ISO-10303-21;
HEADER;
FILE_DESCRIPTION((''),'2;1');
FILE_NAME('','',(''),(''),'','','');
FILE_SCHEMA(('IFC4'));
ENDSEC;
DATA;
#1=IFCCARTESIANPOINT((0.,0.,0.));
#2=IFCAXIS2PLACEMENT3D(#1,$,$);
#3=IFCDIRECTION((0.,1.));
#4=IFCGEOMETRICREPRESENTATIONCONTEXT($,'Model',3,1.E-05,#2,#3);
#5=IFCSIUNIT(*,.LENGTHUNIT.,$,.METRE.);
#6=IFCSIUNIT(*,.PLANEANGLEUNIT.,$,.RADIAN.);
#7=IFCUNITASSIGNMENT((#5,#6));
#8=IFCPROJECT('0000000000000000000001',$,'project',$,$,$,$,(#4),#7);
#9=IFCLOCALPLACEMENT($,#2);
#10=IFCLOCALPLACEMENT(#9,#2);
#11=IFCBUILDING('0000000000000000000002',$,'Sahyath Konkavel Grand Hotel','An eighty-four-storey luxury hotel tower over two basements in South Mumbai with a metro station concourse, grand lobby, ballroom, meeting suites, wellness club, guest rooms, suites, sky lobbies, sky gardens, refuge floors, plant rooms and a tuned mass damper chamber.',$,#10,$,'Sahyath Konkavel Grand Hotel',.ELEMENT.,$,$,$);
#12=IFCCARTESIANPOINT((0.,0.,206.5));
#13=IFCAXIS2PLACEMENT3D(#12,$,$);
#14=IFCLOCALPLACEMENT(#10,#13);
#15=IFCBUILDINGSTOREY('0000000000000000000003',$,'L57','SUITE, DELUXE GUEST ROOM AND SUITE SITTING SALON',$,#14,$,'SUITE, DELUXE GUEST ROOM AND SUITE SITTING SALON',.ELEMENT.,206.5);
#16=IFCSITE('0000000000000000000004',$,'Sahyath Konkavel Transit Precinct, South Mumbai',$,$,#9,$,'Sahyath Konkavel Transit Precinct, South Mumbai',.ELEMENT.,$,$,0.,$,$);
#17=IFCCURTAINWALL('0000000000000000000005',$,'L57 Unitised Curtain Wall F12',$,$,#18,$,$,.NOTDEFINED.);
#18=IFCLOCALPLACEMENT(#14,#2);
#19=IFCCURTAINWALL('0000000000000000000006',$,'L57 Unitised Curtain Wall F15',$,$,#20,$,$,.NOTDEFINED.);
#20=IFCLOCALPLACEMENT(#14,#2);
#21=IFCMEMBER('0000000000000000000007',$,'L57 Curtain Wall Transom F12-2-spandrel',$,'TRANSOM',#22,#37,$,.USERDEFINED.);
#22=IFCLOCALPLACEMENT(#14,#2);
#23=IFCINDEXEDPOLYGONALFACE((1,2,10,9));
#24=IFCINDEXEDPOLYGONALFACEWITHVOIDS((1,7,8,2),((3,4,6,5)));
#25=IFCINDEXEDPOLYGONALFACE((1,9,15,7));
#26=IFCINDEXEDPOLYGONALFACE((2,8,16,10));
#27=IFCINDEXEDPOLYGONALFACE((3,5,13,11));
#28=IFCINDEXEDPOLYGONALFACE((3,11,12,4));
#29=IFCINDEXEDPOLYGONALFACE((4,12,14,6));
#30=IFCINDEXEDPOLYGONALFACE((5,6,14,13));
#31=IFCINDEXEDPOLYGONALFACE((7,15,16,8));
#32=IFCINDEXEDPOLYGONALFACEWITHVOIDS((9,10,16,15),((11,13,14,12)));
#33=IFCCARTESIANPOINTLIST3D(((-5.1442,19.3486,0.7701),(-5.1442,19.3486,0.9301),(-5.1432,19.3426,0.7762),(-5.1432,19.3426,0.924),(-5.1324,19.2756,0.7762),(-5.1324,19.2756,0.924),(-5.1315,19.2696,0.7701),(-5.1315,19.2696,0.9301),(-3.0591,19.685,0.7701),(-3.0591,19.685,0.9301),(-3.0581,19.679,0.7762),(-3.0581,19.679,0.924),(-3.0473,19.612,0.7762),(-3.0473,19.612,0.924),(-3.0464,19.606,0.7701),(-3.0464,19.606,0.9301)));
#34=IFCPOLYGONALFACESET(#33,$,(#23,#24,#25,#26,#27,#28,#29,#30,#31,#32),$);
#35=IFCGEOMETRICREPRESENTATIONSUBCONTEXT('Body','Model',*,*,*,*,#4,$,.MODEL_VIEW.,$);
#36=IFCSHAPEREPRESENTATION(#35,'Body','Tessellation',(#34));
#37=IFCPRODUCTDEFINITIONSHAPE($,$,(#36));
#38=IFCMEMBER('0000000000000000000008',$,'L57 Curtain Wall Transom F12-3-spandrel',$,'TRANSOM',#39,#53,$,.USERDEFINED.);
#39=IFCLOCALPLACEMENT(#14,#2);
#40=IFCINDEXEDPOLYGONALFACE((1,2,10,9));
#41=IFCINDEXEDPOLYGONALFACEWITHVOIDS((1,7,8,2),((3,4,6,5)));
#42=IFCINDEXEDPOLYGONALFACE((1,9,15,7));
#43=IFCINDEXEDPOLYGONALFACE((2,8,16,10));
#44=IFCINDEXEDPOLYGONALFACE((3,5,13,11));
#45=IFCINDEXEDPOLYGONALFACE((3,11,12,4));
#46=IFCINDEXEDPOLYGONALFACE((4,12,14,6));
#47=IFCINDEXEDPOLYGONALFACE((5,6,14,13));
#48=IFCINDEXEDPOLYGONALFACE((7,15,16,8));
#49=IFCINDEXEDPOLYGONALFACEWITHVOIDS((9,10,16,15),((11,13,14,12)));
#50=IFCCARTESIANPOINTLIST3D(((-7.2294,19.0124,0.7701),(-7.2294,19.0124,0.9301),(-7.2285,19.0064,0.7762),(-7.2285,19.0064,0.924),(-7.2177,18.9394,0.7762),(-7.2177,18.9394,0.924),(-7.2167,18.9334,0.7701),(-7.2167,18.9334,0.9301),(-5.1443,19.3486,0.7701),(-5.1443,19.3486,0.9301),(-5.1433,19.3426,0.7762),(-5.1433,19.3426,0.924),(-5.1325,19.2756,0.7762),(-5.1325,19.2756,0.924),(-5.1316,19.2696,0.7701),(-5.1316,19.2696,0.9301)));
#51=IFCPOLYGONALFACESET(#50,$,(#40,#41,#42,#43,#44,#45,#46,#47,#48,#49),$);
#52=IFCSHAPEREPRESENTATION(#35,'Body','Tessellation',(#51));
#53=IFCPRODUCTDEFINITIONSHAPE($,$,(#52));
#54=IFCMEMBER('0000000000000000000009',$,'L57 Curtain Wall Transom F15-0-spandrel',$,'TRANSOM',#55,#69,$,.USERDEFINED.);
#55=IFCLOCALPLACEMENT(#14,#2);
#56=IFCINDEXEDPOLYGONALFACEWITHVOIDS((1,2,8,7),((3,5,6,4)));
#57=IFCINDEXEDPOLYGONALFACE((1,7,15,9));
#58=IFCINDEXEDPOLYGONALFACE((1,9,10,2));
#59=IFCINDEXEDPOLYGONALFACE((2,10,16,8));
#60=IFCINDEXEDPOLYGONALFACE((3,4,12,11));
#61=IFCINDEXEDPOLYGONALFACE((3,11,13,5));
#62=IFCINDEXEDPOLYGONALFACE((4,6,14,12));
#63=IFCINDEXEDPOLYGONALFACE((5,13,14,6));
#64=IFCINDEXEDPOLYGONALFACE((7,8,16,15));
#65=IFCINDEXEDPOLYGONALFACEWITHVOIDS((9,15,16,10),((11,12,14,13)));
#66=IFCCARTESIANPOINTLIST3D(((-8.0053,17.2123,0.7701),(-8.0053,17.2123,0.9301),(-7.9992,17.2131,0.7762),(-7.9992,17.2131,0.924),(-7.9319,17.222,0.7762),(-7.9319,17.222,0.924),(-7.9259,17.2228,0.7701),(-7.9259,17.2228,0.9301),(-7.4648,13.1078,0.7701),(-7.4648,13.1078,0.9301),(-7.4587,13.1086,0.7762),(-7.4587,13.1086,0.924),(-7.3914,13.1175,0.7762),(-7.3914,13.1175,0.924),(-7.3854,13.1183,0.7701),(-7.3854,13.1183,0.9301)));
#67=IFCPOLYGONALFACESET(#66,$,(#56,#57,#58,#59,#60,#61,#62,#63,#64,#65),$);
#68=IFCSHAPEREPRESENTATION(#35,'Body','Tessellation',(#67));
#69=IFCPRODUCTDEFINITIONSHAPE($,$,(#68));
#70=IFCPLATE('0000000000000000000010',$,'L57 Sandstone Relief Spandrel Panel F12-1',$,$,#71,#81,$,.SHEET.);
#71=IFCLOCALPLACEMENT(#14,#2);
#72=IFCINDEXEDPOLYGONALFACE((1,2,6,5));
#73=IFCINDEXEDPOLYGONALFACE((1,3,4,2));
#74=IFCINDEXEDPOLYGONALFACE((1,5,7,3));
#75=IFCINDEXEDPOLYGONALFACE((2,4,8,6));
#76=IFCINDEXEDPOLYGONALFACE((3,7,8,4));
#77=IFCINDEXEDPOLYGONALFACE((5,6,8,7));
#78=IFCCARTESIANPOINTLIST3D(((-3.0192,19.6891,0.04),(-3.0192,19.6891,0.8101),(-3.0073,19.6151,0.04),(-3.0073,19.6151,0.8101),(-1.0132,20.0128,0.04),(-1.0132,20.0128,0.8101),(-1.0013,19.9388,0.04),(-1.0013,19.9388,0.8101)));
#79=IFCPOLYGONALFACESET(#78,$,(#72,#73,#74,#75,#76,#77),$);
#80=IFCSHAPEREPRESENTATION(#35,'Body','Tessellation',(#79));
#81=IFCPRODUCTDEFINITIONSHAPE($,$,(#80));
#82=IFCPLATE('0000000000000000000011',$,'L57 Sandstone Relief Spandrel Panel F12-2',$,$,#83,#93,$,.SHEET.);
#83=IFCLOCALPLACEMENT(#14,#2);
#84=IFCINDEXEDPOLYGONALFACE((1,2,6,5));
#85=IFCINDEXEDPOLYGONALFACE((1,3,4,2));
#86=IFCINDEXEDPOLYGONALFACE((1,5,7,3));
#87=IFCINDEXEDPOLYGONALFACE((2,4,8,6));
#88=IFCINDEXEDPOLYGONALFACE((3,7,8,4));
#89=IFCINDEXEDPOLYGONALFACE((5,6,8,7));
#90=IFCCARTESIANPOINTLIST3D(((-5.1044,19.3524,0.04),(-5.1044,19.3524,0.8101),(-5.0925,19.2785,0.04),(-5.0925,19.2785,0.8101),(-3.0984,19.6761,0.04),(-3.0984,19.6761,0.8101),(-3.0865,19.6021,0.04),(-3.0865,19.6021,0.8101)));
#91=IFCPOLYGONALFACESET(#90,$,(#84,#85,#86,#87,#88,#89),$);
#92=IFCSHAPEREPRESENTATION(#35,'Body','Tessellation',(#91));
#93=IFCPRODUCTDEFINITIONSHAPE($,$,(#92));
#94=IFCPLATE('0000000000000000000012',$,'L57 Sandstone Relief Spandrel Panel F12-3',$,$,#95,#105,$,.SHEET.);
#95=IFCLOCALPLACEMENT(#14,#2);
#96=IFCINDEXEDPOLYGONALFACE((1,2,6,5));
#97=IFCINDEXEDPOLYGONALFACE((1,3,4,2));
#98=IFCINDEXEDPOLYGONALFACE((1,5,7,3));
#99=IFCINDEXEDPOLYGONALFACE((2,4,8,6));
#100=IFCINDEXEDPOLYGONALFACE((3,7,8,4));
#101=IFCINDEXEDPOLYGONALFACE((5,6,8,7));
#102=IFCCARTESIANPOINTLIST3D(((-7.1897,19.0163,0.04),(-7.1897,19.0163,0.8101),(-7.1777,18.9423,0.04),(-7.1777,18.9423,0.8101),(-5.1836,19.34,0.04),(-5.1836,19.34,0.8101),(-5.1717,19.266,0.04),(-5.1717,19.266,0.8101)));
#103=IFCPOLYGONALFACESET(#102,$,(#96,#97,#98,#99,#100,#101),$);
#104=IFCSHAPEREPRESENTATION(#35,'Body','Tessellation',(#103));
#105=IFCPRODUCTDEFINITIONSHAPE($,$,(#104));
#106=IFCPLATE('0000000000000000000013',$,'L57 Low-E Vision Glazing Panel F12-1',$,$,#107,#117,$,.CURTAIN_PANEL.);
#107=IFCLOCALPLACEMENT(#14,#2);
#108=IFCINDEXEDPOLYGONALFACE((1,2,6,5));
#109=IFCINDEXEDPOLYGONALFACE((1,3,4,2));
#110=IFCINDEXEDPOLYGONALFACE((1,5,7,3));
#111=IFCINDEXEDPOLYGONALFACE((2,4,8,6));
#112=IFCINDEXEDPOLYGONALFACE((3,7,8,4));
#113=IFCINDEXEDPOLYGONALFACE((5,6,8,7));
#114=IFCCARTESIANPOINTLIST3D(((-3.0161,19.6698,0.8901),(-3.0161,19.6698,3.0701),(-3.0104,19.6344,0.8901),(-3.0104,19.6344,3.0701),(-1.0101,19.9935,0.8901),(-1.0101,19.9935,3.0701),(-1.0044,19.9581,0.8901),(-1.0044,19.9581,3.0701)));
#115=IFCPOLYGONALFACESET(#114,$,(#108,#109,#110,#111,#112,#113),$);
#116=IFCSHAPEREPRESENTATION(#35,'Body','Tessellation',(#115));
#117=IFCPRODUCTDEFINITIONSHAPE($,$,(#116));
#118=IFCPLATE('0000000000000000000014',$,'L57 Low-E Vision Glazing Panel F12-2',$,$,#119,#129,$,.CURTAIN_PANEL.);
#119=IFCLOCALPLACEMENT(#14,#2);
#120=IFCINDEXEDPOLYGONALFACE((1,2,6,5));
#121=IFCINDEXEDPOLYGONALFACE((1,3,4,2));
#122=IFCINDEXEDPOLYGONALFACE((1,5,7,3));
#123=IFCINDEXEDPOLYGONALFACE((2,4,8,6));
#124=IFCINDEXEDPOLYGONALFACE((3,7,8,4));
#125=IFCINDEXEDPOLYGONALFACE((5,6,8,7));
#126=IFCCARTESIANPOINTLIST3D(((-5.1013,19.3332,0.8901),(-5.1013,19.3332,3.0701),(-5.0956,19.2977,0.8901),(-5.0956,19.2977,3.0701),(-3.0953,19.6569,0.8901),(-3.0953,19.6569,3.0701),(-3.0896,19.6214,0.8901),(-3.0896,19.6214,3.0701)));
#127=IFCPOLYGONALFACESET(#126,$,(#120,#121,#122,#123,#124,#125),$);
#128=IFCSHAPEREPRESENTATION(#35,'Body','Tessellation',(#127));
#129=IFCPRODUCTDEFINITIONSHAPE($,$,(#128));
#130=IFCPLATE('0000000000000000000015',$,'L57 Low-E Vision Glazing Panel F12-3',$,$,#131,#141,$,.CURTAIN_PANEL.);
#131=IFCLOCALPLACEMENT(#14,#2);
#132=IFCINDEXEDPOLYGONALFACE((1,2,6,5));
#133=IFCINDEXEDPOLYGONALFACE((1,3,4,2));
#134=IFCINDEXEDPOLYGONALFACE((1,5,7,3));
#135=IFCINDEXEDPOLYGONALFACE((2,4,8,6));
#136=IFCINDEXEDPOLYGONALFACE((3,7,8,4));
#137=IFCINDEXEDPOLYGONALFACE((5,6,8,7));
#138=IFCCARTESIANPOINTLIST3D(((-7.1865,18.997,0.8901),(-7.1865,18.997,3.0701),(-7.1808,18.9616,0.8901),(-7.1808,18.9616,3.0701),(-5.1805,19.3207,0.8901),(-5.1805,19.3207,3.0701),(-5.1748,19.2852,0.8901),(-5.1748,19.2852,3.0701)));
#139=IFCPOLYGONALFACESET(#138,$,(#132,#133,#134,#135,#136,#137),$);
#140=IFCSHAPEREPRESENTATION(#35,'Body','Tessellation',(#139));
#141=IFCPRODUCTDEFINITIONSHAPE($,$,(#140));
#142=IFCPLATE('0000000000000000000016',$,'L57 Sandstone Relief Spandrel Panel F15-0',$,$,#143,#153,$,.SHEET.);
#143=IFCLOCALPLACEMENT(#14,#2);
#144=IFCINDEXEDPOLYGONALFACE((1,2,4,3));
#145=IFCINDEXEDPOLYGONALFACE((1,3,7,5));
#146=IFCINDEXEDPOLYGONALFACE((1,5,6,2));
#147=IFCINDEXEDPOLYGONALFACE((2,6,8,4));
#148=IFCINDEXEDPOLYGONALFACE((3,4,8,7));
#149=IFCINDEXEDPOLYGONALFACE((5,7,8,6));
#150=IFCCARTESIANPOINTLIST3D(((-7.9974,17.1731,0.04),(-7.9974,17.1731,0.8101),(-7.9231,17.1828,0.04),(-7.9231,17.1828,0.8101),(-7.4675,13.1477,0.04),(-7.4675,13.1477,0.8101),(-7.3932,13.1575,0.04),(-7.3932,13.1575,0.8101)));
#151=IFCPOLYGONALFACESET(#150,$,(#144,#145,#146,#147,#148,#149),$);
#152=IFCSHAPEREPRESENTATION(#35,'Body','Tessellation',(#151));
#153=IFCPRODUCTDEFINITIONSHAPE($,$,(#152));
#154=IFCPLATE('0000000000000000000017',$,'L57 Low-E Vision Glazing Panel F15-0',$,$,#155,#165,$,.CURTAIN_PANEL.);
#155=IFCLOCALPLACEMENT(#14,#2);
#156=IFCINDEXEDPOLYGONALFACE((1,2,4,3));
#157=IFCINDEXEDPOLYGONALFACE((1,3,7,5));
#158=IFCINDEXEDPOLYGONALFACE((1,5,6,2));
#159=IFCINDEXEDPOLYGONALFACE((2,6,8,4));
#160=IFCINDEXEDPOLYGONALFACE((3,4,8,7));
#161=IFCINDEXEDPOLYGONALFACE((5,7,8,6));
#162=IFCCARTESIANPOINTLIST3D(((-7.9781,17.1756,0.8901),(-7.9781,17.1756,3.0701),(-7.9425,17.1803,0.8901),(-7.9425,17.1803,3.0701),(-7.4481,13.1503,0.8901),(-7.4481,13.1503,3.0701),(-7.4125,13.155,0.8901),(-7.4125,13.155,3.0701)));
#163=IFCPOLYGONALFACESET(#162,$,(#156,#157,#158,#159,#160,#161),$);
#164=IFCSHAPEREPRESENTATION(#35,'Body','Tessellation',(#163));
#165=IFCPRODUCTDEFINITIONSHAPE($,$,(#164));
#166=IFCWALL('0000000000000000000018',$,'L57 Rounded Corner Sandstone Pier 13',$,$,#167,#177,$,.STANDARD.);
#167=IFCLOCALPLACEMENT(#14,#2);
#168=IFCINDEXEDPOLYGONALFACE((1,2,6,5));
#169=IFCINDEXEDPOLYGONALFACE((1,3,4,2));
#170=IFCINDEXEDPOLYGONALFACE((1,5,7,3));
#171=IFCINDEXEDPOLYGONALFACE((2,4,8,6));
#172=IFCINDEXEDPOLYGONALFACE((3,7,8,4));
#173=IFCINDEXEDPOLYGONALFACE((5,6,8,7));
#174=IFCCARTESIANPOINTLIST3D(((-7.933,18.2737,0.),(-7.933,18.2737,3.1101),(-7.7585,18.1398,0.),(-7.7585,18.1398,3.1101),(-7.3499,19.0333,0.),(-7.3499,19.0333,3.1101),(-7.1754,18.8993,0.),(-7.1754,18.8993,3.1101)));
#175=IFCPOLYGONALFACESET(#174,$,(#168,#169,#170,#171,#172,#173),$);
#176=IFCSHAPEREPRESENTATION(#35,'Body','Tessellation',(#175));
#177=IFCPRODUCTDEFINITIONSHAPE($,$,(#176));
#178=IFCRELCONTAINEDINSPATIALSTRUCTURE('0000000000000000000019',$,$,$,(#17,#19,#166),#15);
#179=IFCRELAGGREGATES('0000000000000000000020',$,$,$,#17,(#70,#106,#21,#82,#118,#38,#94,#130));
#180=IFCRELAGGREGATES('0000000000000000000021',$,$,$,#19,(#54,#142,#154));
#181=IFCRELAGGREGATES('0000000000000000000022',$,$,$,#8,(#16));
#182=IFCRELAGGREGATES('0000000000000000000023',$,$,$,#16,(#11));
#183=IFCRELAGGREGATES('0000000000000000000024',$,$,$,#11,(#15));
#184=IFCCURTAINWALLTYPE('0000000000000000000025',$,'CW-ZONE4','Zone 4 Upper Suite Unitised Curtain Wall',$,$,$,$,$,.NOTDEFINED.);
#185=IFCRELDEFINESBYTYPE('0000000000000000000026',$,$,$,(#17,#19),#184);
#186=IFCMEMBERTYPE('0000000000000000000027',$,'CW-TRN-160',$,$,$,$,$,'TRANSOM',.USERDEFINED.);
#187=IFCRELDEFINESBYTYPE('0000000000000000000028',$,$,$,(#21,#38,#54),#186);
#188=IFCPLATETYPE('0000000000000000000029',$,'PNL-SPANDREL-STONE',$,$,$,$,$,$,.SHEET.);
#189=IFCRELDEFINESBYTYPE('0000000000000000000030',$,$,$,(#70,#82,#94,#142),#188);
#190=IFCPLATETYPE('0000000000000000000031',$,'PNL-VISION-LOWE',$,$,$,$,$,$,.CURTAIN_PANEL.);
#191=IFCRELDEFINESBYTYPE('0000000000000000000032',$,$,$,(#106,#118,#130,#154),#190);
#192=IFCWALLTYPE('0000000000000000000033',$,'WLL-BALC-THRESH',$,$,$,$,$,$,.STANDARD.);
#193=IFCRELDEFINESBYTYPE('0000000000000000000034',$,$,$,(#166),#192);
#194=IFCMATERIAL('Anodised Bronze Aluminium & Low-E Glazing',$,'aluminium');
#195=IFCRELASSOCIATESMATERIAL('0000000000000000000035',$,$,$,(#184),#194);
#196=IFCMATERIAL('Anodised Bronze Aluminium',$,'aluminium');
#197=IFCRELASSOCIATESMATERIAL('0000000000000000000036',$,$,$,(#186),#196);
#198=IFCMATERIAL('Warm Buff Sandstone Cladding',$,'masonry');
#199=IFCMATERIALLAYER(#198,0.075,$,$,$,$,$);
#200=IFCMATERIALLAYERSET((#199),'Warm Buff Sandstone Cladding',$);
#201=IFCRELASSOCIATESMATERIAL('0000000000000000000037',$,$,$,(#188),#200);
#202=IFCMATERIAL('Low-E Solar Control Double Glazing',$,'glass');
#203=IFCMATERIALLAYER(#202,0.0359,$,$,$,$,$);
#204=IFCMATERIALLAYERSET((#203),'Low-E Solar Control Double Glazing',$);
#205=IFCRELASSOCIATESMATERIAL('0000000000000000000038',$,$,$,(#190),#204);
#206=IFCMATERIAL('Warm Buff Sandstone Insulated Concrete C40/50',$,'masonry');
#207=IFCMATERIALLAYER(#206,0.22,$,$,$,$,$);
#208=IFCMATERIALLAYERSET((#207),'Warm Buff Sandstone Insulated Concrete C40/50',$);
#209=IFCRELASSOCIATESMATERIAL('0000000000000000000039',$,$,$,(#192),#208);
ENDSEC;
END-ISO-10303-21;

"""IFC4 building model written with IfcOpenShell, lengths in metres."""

from ifc_helpers import new_model, si_unit, direction, frame, frame_2d, origin, origin_2d, place, context, subcontext, project, spatial, rectangle, hollow_rectangle, extrude, source, transform, mapped, material, layer, layer_set, material_profile, profile_set, type_object, element, aggregate, save


model = new_model("IFC4")

# Units and contexts
model_context = context("Model", 3, precision=1e-05, world=origin(), true_north=direction((0.0, 1.0)))
body_context = subcontext(model_context, "Body", "Model", "MODEL_VIEW")
ifc_project = project(units=[si_unit("LENGTHUNIT", "METRE"), si_unit("PLANEANGLEUNIT", "RADIAN")], contexts=[model_context])

# Site, building, storey
site_placement = place(None, origin())
site = spatial("IfcSite", under=ifc_project, at=site_placement, Name="Sahyath Konkavel Transit Precinct, South Mumbai", LongName="Sahyath Konkavel Transit Precinct, South Mumbai", CompositionType="ELEMENT", RefElevation=0.0)
building_placement = place(site_placement, origin())
building = spatial("IfcBuilding", under=site, at=building_placement, Name="Sahyath Konkavel Grand Hotel", Description="An eighty-four-storey luxury hotel tower over two basements in South Mumbai with a metro station concourse, grand lobby, ballroom, meeting suites, wellness club, guest rooms, suites, sky lobbies, sky gardens, refuge floors, plant rooms and a tuned mass damper chamber.", LongName="Sahyath Konkavel Grand Hotel", CompositionType="ELEMENT")
storey_placement = place(building_placement, frame((0.0, 0.0, 206.5)))
storey = spatial("IfcBuildingStorey", under=building, at=storey_placement, Name="L57", Description="SUITE, DELUXE GUEST ROOM AND SUITE SITTING SALON", LongName="SUITE, DELUXE GUEST ROOM AND SUITE SITTING SALON", CompositionType="ELEMENT", Elevation=206.5)

# Curtain wall
ifc_material_1 = material(Name="Anodised Bronze Aluminium & Low-E Glazing", Category="aluminium")
curtain_wall_type = type_object("IfcCurtainWallType", Name="CW-ZONE4", Description="Zone 4 Upper Suite Unitised Curtain Wall", PredefinedType="NOTDEFINED", material=ifc_material_1)
curtain_wall_1_placement = place(storey_placement, origin())
curtain_wall_1 = element("IfcCurtainWall", 1, at=curtain_wall_1_placement, inside=storey, type_object=curtain_wall_type, Name="L57 Unitised Curtain Wall F12", PredefinedType="NOTDEFINED")
ifc_material_2 = material(Name="Anodised Bronze Aluminium", Category="aluminium")

# Curtain wall
curtain_wall_2_placement = place(storey_placement, origin())
curtain_wall_2 = element("IfcCurtainWall", 2, at=curtain_wall_2_placement, inside=storey, type_object=curtain_wall_type, Name="L57 Unitised Curtain Wall F15", PredefinedType="NOTDEFINED")

# Members
ifc_material_profile_1 = material_profile(ifc_material_2, hollow_rectangle(XDim=0.0801, YDim=0.1599, WallThickness=0.0061, at=origin_2d()), Name="RHS 160x80x6")
ifc_profile_set_1 = profile_set([ifc_material_profile_1], Name="Anodised Bronze Aluminium")
member_type_1 = type_object("IfcMemberType", Name="CW-TRN-160", ElementType="TRANSOM", PredefinedType="USERDEFINED", material=ifc_profile_set_1)
shared_shape_1 = source(origin(), body_context, "Body", "SweptSolid", [
    extrude(hollow_rectangle(XDim=0.0801, YDim=0.1599, WallThickness=0.0061, at=origin_2d()), origin(), (0.0, 0.0, 1.0), 2.1121),
])
member_1_placement = place(storey_placement, frame((-3.0527, 19.6455, 0.8501), z_axis=(-0.987233, -0.15928, 0.0), x_axis=(0.15928, -0.987233, 0.0)))
member_1 = element("IfcMember", 3, at=member_1_placement, type_object=member_type_1, Name="L57 Curtain Wall Transom F12-2-spandrel", ObjectType="TRANSOM", PredefinedType="USERDEFINED", context=body_context, shape_type="MappedRepresentation", body=[
    mapped(shared_shape_1, transform((0.0, 0.0, 0.0), scale=1.0)),
])
member_2_placement = place(storey_placement, frame((-5.1379, 19.3091, 0.8501), z_axis=(-0.987252, -0.159167, 0.0), x_axis=(0.159167, -0.987252, 0.0)))
member_2 = element("IfcMember", 4, at=member_2_placement, type_object=member_type_1, Name="L57 Curtain Wall Transom F12-3-spandrel", ObjectType="TRANSOM", PredefinedType="USERDEFINED", context=body_context, shape_type="MappedRepresentation", body=[
    mapped(shared_shape_1, transform((0.0, 0.0, 0.0), scale=1.0)),
])
shared_shape_2 = source(origin(), body_context, "Body", "SweptSolid", [
    extrude(hollow_rectangle(XDim=0.0801, YDim=0.1599, WallThickness=0.0061, at=origin_2d()), origin(), (0.0, 0.0, 1.0), 4.1399),
])
member_3_placement = place(storey_placement, frame((-7.9656, 17.2175, 0.8501), z_axis=(0.130564, -0.99144, 0.0), x_axis=(0.99144, 0.130564, 0.0)))
member_3 = element("IfcMember", 5, at=member_3_placement, type_object=member_type_1, Name="L57 Curtain Wall Transom F15-0-spandrel", ObjectType="TRANSOM", PredefinedType="USERDEFINED", context=body_context, shape_type="MappedRepresentation", body=[
    mapped(shared_shape_2, transform((0.0, 0.0, 0.0), scale=1.0)),
])

# Plates
ifc_material_3 = material(Name="Warm Buff Sandstone Cladding", Category="masonry")
ifc_layer_1 = layer(ifc_material_3, 0.075)
ifc_layer_set_1 = layer_set([ifc_layer_1], Name="Warm Buff Sandstone Cladding")
plate_type_1 = type_object("IfcPlateType", Name="PNL-SPANDREL-STONE", PredefinedType="SHEET", material=ifc_layer_set_1)
shared_shape_3 = source(origin(), body_context, "Body", "SweptSolid", [
    extrude(rectangle(XDim=2.032, YDim=0.075, at=origin_2d()), origin(), (0.0, 0.0, 1.0), 0.77),
])
plate_1_placement = place(storey_placement, frame((-2.0103, 19.814, 0.04), z_axis=(0.0, 0.0, 1.0), x_axis=(-0.987231, -0.159295, 0.0)))
plate_1 = element("IfcPlate", 6, at=plate_1_placement, type_object=plate_type_1, Name="L57 Sandstone Relief Spandrel Panel F12-1", PredefinedType="SHEET", context=body_context, shape_type="MappedRepresentation", body=[
    mapped(shared_shape_3, transform((0.0, 0.0, 0.0), scale=1.0)),
])
plate_2_placement = place(storey_placement, frame((-4.0955, 19.4773, 0.04), z_axis=(0.0, 0.0, 1.0), x_axis=(-0.987231, -0.159295, 0.0)))
plate_2 = element("IfcPlate", 7, at=plate_2_placement, type_object=plate_type_1, Name="L57 Sandstone Relief Spandrel Panel F12-2", PredefinedType="SHEET", context=body_context, shape_type="MappedRepresentation", body=[
    mapped(shared_shape_3, transform((0.0, 0.0, 0.0), scale=1.0)),
])
plate_3_placement = place(storey_placement, frame((-6.1807, 19.1411, 0.04), z_axis=(0.0, 0.0, 1.0), x_axis=(-0.987231, -0.159295, 0.0)))
plate_3 = element("IfcPlate", 8, at=plate_3_placement, type_object=plate_type_1, Name="L57 Sandstone Relief Spandrel Panel F12-3", PredefinedType="SHEET", context=body_context, shape_type="MappedRepresentation", body=[
    mapped(shared_shape_3, transform((0.0, 0.0, 0.0), scale=1.0)),
])
ifc_material_4 = material(Name="Low-E Solar Control Double Glazing", Category="glass")
ifc_layer_2 = layer(ifc_material_4, 0.0359)
ifc_layer_set_2 = layer_set([ifc_layer_2], Name="Low-E Solar Control Double Glazing")
plate_type_2 = type_object("IfcPlateType", Name="PNL-VISION-LOWE", PredefinedType="CURTAIN_PANEL", material=ifc_layer_set_2)
shared_shape_4 = source(origin(), body_context, "Body", "SweptSolid", [
    extrude(rectangle(XDim=2.032, YDim=0.0359, at=origin_2d()), origin(), (0.0, 0.0, 1.0), 2.1799),
])
plate_4_placement = place(storey_placement, frame((-2.0103, 19.814, 0.8901), z_axis=(0.0, 0.0, 1.0), x_axis=(-0.987231, -0.159295, 0.0)))
plate_4 = element("IfcPlate", 9, at=plate_4_placement, type_object=plate_type_2, Name="L57 Low-E Vision Glazing Panel F12-1", PredefinedType="CURTAIN_PANEL", context=body_context, shape_type="MappedRepresentation", body=[
    mapped(shared_shape_4, transform((0.0, 0.0, 0.0), scale=1.0)),
])
plate_5_placement = place(storey_placement, frame((-4.0955, 19.4773, 0.8901), z_axis=(0.0, 0.0, 1.0), x_axis=(-0.987231, -0.159295, 0.0)))
plate_5 = element("IfcPlate", 10, at=plate_5_placement, type_object=plate_type_2, Name="L57 Low-E Vision Glazing Panel F12-2", PredefinedType="CURTAIN_PANEL", context=body_context, shape_type="MappedRepresentation", body=[
    mapped(shared_shape_4, transform((0.0, 0.0, 0.0), scale=1.0)),
])
plate_6_placement = place(storey_placement, frame((-6.1807, 19.1411, 0.8901), z_axis=(0.0, 0.0, 1.0), x_axis=(-0.987231, -0.159295, 0.0)))
plate_6 = element("IfcPlate", 11, at=plate_6_placement, type_object=plate_type_2, Name="L57 Low-E Vision Glazing Panel F12-3", PredefinedType="CURTAIN_PANEL", context=body_context, shape_type="MappedRepresentation", body=[
    mapped(shared_shape_4, transform((0.0, 0.0, 0.0), scale=1.0)),
])
aggregate(curtain_wall_1, [plate_1, plate_4, member_1, plate_2, plate_5, member_2, plate_3, plate_6])
shared_shape_5 = source(origin(), body_context, "Body", "SweptSolid", [
    extrude(rectangle(XDim=4.0601, YDim=0.075, at=origin_2d()), origin(), (0.0, 0.0, 1.0), 0.77),
])
plate_7_placement = place(storey_placement, frame((-7.6953, 15.1653, 0.04), z_axis=(0.0, 0.0, 1.0), x_axis=(0.130526, -0.991445, 0.0)))
plate_7 = element("IfcPlate", 12, at=plate_7_placement, type_object=plate_type_1, Name="L57 Sandstone Relief Spandrel Panel F15-0", PredefinedType="SHEET", context=body_context, shape_type="MappedRepresentation", body=[
    mapped(shared_shape_5, transform((0.0, 0.0, 0.0), scale=1.0)),
])
shared_shape_6 = source(origin(), body_context, "Body", "SweptSolid", [
    extrude(rectangle(XDim=4.0601, YDim=0.0359, at=origin_2d()), origin(), (0.0, 0.0, 1.0), 2.1799),
])
plate_8_placement = place(storey_placement, frame((-7.6953, 15.1653, 0.8901), z_axis=(0.0, 0.0, 1.0), x_axis=(0.130526, -0.991445, 0.0)))
plate_8 = element("IfcPlate", 13, at=plate_8_placement, type_object=plate_type_2, Name="L57 Low-E Vision Glazing Panel F15-0", PredefinedType="CURTAIN_PANEL", context=body_context, shape_type="MappedRepresentation", body=[
    mapped(shared_shape_6, transform((0.0, 0.0, 0.0), scale=1.0)),
])
aggregate(curtain_wall_2, [member_3, plate_7, plate_8])

# Wall
ifc_material_5 = material(Name="Warm Buff Sandstone Insulated Concrete C40/50", Category="masonry")
ifc_layer_3 = layer(ifc_material_5, 0.22)
ifc_layer_set_3 = layer_set([ifc_layer_3], Name="Warm Buff Sandstone Insulated Concrete C40/50")
wall_type_1 = type_object("IfcWallType", Name="WLL-BALC-THRESH", PredefinedType="STANDARD", material=ifc_layer_set_3)
wall_1_placement = place(storey_placement, frame((-7.2627, 18.9663, 0.0), z_axis=(0.0, 0.0, 1.0), x_axis=(-0.608897, -0.793249, 0.0)))
element("IfcWall", 14, at=wall_1_placement, inside=storey, type_object=wall_type_1, Name="L57 Rounded Corner Sandstone Pier 13", PredefinedType="STANDARD", context=body_context, shape_type="SweptSolid", body=[
    extrude(rectangle(XDim=0.9575, YDim=0.22, at=frame_2d((0.4788, 0.0))), origin(), (0.0, 0.0, 1.0), 3.1101),
])

save(model, "model.ifc")
